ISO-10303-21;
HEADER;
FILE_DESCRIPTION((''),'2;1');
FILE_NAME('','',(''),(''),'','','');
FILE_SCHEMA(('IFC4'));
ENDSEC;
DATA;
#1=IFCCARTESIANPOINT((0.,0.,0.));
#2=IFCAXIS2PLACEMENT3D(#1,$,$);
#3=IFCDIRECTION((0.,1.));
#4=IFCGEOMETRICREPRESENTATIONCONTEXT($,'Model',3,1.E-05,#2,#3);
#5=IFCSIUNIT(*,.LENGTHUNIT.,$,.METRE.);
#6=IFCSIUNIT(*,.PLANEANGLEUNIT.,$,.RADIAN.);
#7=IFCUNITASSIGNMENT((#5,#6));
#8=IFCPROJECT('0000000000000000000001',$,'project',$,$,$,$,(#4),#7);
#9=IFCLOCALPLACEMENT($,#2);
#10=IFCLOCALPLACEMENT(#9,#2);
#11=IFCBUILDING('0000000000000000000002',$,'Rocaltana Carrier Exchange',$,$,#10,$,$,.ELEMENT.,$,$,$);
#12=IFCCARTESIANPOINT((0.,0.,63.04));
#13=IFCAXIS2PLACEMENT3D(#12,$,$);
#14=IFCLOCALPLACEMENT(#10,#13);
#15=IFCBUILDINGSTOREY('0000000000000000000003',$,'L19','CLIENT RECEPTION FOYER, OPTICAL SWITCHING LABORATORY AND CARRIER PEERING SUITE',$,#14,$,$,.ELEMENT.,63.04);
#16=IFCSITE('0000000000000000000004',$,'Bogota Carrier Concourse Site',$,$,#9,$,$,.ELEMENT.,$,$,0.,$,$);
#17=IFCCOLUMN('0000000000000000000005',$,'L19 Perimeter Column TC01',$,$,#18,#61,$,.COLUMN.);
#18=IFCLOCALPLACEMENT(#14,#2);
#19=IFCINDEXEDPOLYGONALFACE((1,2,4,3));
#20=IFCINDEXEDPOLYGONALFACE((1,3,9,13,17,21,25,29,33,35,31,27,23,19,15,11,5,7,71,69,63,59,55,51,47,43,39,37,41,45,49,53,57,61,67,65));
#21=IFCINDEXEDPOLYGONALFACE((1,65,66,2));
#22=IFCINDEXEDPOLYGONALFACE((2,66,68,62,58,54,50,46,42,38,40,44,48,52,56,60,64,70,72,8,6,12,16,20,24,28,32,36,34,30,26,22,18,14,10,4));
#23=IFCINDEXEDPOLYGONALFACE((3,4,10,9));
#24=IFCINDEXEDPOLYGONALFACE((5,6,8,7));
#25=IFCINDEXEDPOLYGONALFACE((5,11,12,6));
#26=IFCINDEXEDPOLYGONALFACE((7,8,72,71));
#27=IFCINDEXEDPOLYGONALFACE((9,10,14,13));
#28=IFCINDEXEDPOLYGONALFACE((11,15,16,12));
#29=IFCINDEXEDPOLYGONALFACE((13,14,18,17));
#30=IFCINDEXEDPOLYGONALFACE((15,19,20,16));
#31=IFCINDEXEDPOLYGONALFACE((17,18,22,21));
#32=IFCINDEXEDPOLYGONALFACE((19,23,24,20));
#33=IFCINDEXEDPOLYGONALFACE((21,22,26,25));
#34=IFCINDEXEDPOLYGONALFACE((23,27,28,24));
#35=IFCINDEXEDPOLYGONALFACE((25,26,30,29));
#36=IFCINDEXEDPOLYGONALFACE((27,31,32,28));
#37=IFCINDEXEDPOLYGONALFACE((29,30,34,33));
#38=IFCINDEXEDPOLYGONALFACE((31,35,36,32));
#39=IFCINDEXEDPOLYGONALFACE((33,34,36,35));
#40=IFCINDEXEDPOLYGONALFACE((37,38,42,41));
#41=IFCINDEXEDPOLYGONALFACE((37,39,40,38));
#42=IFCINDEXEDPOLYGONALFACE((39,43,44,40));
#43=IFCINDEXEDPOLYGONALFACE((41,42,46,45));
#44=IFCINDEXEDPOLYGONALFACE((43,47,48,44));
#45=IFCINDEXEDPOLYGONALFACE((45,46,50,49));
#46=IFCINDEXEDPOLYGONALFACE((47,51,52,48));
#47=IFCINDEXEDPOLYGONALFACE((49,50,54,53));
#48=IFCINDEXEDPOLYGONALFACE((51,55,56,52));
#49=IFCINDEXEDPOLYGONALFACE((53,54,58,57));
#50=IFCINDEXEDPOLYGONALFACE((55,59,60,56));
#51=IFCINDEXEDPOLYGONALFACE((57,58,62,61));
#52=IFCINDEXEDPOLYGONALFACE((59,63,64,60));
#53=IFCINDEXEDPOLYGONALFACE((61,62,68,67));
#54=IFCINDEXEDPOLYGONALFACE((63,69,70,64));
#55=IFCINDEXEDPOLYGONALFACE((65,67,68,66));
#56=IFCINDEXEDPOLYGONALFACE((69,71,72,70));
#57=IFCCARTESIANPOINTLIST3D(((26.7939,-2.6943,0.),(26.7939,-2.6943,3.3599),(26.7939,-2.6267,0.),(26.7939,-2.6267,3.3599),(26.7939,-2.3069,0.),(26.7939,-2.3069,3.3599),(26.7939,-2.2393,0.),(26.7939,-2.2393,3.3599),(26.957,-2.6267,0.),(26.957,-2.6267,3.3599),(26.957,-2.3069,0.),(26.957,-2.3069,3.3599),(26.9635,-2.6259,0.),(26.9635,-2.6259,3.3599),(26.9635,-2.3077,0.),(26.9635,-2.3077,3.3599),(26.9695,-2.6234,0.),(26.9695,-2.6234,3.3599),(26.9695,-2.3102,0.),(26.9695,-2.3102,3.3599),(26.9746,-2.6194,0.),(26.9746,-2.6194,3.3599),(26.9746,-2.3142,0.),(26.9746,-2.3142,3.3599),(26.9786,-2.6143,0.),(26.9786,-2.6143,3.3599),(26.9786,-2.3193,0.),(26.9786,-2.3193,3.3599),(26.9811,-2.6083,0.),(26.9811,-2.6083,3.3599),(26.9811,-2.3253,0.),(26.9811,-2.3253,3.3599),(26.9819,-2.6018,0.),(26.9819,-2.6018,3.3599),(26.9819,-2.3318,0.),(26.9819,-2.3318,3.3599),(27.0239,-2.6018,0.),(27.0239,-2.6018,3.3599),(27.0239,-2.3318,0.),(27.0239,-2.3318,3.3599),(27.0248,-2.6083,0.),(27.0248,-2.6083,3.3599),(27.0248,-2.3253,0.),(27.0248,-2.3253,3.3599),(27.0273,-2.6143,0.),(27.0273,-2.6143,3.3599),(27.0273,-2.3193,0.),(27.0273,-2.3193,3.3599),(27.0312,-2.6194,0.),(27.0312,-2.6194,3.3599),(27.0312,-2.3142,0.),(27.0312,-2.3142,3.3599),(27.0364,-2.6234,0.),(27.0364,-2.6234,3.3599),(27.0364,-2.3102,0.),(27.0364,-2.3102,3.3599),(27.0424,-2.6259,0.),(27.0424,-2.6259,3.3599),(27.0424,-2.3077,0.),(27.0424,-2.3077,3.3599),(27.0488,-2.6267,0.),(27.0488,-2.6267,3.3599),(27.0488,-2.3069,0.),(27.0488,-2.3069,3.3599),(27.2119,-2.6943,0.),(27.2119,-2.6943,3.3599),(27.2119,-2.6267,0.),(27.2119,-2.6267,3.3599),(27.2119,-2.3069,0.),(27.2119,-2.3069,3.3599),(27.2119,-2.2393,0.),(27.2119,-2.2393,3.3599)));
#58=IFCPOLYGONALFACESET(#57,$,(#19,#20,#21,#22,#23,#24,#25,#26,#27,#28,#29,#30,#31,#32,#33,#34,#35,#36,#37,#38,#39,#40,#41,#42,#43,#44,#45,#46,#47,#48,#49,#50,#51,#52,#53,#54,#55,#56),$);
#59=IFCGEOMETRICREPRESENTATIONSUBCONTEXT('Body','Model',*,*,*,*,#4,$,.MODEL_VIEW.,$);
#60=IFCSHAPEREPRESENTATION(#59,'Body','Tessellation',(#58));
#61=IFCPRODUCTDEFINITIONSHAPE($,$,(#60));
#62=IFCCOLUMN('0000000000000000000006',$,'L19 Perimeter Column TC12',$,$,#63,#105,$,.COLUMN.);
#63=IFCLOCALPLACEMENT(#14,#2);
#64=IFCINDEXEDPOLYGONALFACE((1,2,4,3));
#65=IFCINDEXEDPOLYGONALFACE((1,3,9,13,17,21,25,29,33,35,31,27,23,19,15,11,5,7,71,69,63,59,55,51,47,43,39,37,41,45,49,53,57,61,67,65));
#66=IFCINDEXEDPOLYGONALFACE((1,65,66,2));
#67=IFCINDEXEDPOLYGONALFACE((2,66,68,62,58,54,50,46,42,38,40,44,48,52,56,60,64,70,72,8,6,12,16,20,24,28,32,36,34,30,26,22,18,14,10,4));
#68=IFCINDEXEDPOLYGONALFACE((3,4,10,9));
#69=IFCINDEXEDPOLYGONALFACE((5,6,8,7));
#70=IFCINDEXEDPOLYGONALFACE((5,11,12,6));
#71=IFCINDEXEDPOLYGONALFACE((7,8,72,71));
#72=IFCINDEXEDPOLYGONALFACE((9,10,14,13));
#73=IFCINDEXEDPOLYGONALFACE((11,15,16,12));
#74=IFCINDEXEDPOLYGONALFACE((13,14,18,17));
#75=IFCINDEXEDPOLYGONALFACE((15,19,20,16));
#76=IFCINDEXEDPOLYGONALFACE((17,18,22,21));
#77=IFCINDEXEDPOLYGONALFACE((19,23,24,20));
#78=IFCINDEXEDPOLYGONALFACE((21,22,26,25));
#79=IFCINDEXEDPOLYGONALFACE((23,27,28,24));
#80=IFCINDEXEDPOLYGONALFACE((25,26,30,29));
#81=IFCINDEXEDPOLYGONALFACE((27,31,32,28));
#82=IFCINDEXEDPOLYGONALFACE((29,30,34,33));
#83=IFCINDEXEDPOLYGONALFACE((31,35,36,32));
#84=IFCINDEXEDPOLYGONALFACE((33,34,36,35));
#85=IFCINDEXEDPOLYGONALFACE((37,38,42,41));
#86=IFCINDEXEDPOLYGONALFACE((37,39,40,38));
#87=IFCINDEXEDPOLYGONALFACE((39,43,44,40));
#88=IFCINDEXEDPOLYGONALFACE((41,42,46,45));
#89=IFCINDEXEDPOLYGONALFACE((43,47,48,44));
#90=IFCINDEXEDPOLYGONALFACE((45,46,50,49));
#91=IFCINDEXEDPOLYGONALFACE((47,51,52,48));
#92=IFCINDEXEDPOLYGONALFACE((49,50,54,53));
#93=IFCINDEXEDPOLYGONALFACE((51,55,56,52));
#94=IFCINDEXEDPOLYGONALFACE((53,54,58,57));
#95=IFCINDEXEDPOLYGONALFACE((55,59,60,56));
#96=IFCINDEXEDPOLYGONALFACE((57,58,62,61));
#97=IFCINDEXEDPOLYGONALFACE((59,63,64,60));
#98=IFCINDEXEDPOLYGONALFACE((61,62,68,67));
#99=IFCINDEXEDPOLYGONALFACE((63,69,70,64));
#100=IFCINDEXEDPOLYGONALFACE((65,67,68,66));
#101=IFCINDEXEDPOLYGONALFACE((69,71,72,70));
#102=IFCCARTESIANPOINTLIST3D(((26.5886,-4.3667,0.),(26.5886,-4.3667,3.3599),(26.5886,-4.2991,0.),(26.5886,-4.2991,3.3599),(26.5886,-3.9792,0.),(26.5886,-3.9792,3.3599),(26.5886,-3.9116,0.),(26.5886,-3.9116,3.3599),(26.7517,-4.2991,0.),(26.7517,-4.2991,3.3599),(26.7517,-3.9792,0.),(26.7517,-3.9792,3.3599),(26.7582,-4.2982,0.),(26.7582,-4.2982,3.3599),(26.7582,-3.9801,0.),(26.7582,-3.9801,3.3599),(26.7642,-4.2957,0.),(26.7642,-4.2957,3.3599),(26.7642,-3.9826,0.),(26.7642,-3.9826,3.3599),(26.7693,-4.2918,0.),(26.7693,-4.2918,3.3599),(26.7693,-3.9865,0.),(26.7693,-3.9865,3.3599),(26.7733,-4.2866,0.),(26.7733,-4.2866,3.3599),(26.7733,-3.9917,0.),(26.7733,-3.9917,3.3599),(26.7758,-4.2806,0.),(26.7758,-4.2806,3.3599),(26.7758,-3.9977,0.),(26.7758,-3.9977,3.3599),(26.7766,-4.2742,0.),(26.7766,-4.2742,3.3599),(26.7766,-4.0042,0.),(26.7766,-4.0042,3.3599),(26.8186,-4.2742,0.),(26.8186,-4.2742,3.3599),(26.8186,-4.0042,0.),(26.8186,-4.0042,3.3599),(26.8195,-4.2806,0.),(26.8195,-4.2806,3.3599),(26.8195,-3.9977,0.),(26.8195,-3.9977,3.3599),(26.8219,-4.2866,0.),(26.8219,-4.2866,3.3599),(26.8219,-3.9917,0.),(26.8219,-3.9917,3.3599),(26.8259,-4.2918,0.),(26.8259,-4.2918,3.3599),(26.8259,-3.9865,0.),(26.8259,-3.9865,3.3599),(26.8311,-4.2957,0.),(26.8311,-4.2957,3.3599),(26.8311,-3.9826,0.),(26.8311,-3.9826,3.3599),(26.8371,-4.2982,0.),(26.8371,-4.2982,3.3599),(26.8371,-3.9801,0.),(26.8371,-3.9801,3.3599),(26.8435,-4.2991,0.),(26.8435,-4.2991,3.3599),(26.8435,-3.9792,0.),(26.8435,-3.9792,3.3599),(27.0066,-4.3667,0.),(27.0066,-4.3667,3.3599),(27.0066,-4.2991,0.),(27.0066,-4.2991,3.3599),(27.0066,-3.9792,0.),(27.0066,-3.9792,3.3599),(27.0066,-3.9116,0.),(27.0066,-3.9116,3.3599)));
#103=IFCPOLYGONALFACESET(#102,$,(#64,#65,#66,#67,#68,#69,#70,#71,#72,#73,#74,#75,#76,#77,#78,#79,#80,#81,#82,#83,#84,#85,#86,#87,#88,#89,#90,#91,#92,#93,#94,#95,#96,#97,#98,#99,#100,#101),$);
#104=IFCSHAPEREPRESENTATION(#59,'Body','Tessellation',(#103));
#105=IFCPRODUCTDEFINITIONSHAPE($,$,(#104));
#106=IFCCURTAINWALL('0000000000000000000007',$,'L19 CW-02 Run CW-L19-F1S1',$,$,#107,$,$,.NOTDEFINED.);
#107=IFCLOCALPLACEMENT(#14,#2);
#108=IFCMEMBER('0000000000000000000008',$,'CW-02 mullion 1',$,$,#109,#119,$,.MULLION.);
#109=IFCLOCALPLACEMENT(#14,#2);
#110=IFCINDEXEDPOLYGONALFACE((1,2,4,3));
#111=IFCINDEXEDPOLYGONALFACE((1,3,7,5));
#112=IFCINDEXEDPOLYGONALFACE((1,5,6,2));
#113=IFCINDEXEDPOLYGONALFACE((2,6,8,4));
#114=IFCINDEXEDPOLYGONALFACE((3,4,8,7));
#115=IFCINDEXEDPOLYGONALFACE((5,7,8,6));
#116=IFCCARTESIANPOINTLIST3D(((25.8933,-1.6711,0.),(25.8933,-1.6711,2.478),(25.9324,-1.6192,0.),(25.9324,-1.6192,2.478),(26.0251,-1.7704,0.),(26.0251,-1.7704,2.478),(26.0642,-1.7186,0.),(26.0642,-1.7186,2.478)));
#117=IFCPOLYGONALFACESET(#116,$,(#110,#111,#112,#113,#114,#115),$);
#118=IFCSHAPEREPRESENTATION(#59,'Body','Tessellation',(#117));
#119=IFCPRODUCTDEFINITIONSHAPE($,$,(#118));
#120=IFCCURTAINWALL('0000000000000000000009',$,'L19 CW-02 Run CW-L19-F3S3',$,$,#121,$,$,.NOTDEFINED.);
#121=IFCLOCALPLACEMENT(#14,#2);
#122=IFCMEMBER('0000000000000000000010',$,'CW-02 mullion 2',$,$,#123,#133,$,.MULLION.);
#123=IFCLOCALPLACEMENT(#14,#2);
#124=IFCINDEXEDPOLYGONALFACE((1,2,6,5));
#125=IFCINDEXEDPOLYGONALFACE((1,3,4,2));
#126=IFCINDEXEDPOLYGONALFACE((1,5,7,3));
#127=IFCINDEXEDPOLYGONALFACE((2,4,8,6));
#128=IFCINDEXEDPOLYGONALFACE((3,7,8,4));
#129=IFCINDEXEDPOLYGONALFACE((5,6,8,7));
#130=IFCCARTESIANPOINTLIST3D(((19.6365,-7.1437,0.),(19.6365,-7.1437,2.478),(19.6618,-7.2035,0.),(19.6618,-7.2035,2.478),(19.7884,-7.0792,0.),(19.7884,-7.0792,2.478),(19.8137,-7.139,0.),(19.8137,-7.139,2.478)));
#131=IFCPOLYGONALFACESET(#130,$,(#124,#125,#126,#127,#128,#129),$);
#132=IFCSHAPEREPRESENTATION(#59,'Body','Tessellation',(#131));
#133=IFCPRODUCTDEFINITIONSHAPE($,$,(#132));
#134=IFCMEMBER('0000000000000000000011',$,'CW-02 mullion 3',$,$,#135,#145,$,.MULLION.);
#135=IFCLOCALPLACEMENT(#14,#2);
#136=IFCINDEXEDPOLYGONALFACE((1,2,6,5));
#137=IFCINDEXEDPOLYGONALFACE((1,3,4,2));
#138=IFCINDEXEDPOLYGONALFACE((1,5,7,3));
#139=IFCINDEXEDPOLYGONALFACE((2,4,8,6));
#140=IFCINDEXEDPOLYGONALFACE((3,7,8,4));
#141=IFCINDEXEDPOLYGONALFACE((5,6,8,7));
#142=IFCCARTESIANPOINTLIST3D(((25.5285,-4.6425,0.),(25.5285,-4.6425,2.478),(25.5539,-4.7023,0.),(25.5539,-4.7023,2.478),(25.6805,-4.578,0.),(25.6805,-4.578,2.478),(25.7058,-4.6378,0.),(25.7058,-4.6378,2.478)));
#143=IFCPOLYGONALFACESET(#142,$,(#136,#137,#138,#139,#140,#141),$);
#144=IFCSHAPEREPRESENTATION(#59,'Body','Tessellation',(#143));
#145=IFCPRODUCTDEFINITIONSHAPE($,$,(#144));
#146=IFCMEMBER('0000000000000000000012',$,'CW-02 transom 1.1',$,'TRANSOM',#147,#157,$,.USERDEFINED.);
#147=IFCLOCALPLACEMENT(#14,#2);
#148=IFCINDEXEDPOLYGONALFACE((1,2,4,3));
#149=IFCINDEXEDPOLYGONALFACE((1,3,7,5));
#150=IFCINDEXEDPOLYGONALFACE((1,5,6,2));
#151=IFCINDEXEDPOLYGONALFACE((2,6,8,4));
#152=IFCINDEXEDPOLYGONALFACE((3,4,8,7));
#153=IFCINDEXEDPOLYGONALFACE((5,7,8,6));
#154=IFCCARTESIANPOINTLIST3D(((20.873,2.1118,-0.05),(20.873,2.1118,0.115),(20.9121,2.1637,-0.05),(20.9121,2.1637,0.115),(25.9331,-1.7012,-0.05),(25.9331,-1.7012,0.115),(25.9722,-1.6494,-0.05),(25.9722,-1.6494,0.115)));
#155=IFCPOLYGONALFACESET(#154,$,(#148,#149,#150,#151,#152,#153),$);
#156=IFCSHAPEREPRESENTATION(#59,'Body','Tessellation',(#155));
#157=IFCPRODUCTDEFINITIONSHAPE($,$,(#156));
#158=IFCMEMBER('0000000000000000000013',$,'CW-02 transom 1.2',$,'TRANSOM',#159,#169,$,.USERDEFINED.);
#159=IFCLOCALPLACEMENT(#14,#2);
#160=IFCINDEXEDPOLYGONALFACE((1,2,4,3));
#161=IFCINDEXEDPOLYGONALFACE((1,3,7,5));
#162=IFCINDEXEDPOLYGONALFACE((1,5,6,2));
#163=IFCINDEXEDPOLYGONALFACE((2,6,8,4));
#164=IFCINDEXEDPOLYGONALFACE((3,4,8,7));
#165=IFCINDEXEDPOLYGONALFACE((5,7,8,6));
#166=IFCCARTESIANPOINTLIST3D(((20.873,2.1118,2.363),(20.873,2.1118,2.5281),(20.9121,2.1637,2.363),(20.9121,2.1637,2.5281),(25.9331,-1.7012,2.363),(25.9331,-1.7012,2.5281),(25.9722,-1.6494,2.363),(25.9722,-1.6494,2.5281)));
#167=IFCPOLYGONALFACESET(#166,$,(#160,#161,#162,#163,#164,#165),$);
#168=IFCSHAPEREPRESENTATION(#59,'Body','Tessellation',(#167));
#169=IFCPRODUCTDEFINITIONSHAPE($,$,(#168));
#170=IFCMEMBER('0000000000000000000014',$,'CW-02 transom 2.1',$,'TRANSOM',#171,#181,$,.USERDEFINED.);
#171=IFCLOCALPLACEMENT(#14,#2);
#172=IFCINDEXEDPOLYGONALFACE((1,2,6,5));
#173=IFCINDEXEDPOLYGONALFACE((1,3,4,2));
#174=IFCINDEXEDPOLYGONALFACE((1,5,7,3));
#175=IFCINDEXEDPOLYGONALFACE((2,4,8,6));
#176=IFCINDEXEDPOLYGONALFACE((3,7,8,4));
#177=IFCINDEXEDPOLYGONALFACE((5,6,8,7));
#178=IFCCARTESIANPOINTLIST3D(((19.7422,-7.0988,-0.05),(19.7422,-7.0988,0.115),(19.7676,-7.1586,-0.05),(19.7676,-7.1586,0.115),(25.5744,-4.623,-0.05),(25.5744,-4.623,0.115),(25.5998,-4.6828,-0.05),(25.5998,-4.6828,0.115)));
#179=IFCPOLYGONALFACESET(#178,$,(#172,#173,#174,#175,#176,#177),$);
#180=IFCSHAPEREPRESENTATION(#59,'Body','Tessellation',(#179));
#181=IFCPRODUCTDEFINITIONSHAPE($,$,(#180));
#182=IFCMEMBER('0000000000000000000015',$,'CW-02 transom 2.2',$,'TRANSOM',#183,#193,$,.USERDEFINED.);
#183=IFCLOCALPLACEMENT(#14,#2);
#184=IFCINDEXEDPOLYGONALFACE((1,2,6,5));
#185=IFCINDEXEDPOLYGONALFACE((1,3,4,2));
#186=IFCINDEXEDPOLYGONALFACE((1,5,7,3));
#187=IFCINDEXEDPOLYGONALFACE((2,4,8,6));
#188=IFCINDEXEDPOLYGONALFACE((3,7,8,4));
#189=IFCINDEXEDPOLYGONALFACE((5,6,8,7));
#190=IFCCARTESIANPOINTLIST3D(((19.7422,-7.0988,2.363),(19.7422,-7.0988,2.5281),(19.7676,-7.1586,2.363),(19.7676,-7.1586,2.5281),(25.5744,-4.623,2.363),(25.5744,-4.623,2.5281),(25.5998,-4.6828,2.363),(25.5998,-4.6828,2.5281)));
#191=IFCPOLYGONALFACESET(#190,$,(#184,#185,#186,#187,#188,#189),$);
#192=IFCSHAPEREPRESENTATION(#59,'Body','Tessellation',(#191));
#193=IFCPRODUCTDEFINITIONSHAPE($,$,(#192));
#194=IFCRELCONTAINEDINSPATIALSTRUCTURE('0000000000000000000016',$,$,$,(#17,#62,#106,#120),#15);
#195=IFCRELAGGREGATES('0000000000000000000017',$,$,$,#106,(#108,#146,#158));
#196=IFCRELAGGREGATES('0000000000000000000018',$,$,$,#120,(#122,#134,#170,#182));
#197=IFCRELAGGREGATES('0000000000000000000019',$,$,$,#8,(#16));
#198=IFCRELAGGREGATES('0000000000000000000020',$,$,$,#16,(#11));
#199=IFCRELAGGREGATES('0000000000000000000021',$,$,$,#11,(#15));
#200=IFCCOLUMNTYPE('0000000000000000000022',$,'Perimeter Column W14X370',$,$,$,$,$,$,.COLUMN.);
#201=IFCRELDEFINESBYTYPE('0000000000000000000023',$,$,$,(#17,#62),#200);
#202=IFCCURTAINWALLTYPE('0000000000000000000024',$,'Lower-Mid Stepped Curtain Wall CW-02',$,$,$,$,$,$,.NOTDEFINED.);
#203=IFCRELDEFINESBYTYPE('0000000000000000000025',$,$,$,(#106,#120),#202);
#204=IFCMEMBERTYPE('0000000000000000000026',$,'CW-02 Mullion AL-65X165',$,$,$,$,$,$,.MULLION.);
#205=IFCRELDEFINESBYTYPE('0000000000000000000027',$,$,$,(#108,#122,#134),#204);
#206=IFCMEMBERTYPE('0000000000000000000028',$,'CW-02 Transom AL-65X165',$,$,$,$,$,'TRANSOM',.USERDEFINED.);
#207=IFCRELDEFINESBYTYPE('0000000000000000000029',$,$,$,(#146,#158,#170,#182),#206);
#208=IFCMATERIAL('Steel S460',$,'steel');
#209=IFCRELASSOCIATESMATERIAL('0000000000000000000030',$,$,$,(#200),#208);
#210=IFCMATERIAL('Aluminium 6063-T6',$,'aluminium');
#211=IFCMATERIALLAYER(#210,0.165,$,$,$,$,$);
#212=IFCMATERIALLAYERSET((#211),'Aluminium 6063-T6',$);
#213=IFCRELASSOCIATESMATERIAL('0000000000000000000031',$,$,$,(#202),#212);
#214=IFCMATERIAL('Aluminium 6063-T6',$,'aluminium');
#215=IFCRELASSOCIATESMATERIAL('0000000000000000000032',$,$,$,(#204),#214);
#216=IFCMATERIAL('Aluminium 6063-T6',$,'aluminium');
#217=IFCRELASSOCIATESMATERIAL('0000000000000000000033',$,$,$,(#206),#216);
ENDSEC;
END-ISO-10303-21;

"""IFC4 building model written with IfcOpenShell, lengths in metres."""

from ifc_helpers import new_model, si_unit, direction, frame, origin, origin_2d, place, context, subcontext, project, spatial, rectangle, i_section, extrude, material, layer, layer_set, material_profile, profile_set, type_object, element, aggregate, save


model = new_model("IFC4")

# Units and contexts
model_context = context("Model", 3, precision=1e-05, world=origin(), true_north=direction((0.0, 1.0)))
body_context = subcontext(model_context, "Body", "Model", "MODEL_VIEW")
ifc_project = project(units=[si_unit("LENGTHUNIT", "METRE"), si_unit("PLANEANGLEUNIT", "RADIAN")], contexts=[model_context])

# Site, building, storey
site_placement = place(None, origin())
site = spatial("IfcSite", under=ifc_project, at=site_placement, Name="Bogota Carrier Concourse Site", CompositionType="ELEMENT", RefElevation=0.0)
building_placement = place(site_placement, origin())
building = spatial("IfcBuilding", under=site, at=building_placement, Name="Rocaltana Carrier Exchange", CompositionType="ELEMENT")
storey_placement = place(building_placement, frame((0.0, 0.0, 63.04)))
storey = spatial("IfcBuildingStorey", under=building, at=storey_placement, Name="L19", Description="CLIENT RECEPTION FOYER, OPTICAL SWITCHING LABORATORY AND CARRIER PEERING SUITE", CompositionType="ELEMENT", Elevation=63.04)

# Columns
ifc_material_1 = material(Name="Steel S460", Category="steel")
ifc_material_profile_1 = material_profile(ifc_material_1, i_section(OverallWidth=0.418, OverallDepth=0.4551, WebThickness=0.042, FlangeThickness=0.0676, FilletRadius=0.0249, at=origin_2d()), Name="W14X370")
ifc_profile_set_1 = profile_set([ifc_material_profile_1], Name="Steel S460")
column_type = type_object("IfcColumnType", Name="Perimeter Column W14X370", PredefinedType="COLUMN", material=ifc_profile_set_1)
for number, where, z_axis, x_axis, name in (
    (1, (27.0029, -2.4668, 0.0), (0.0, 0.0, 1.0), (1.0, 0.0, 0.0), "L19 Perimeter Column TC01"),
    (2, (26.7976, -4.1392, 0.0), (0.0, 0.0, 1.0), (1.0, 0.0, 0.0), "L19 Perimeter Column TC12"),
):
    element("IfcColumn", number, at=place(storey_placement, frame(where, z_axis=z_axis, x_axis=x_axis)), inside=storey, type_object=column_type, Name=name, PredefinedType="COLUMN", context=body_context, shape_type="SweptSolid", body=[
        extrude(i_section(OverallWidth=0.418, OverallDepth=0.4551, WebThickness=0.042, FlangeThickness=0.0676, FilletRadius=0.0249, at=origin_2d()), origin(), (0.0, 0.0, 1.0), 3.3599),
    ])

# Curtain wall, member
ifc_material_2 = material(Name="Aluminium 6063-T6", Category="aluminium")
ifc_layer_1 = layer(ifc_material_2, 0.165)
ifc_layer_set_1 = layer_set([ifc_layer_1], Name="Aluminium 6063-T6")
curtain_wall_type = type_object("IfcCurtainWallType", Name="Lower-Mid Stepped Curtain Wall CW-02", PredefinedType="NOTDEFINED", material=ifc_layer_set_1)
curtain_wall_1_placement = place(storey_placement, origin())
curtain_wall_1 = element("IfcCurtainWall", 3, at=curtain_wall_1_placement, inside=storey, type_object=curtain_wall_type, Name="L19 CW-02 Run CW-L19-F1S1", PredefinedType="NOTDEFINED")
ifc_material_3 = material(Name="Aluminium 6063-T6", Category="aluminium")
ifc_material_profile_2 = material_profile(ifc_material_3, rectangle(XDim=0.0649, YDim=0.165, at=origin_2d()), Name="AL-65X165")
ifc_profile_set_2 = profile_set([ifc_material_profile_2], Name="Aluminium 6063-T6")
member_type_1 = type_object("IfcMemberType", Name="CW-02 Mullion AL-65X165", PredefinedType="MULLION", material=ifc_profile_set_2)
member_1_placement = place(storey_placement, frame((25.9788, -1.6948, 0.0), z_axis=(0.0, 0.0, 1.0), x_axis=(-0.601807, -0.798642, 0.0)))
member_1 = element("IfcMember", 4, at=member_1_placement, type_object=member_type_1, Name="CW-02 mullion 1", PredefinedType="MULLION", context=body_context, shape_type="SweptSolid", body=[
    extrude(rectangle(XDim=0.0649, YDim=0.165, at=origin_2d()), origin(), (0.0, 0.0, 1.0), 2.478),
])

# Curtain wall, members
curtain_wall_2_placement = place(storey_placement, origin())
curtain_wall_2 = element("IfcCurtainWall", 5, at=curtain_wall_2_placement, inside=storey, type_object=curtain_wall_type, Name="L19 CW-02 Run CW-L19-F3S3", PredefinedType="NOTDEFINED")
member_2_placement = place(storey_placement, frame((19.7251, -7.1414, 0.0), z_axis=(0.0, 0.0, 1.0), x_axis=(-0.390735, 0.920503, 0.0)))
member_2 = element("IfcMember", 6, at=member_2_placement, type_object=member_type_1, Name="CW-02 mullion 2", PredefinedType="MULLION", context=body_context, shape_type="SweptSolid", body=[
    extrude(rectangle(XDim=0.0649, YDim=0.165, at=origin_2d()), origin(), (0.0, 0.0, 1.0), 2.478),
])
member_3_placement = place(storey_placement, frame((25.6172, -4.6401, 0.0), z_axis=(0.0, 0.0, 1.0), x_axis=(-0.390735, 0.920503, 0.0)))
member_3 = element("IfcMember", 7, at=member_3_placement, type_object=member_type_1, Name="CW-02 mullion 3", PredefinedType="MULLION", context=body_context, shape_type="SweptSolid", body=[
    extrude(rectangle(XDim=0.0649, YDim=0.165, at=origin_2d()), origin(), (0.0, 0.0, 1.0), 2.478),
])

# Members
ifc_material_4 = material(Name="Aluminium 6063-T6", Category="aluminium")
ifc_material_profile_3 = material_profile(ifc_material_4, rectangle(XDim=0.0649, YDim=0.165, at=origin_2d()), Name="AL-65X165")
ifc_profile_set_3 = profile_set([ifc_material_profile_3], Name="Aluminium 6063-T6")
member_type_2 = type_object("IfcMemberType", Name="CW-02 Transom AL-65X165", ElementType="TRANSOM", PredefinedType="USERDEFINED", material=ifc_profile_set_3)
member_4_placement = place(storey_placement, frame((25.9526, -1.6753, 0.0325), z_axis=(-0.798638, 0.601811, 0.0), x_axis=(-0.601811, -0.798638, 0.0)))
member_4 = element("IfcMember", 8, at=member_4_placement, type_object=member_type_2, Name="CW-02 transom 1.1", ObjectType="TRANSOM", PredefinedType="USERDEFINED", context=body_context, shape_type="SweptSolid", body=[
    extrude(rectangle(XDim=0.0649, YDim=0.165, at=origin_2d()), origin(), (0.0, 0.0, 1.0), 6.3359),
])
member_5_placement = place(storey_placement, frame((25.9526, -1.6753, 2.4456), z_axis=(-0.798638, 0.601811, 0.0), x_axis=(-0.601811, -0.798638, 0.0)))
member_5 = element("IfcMember", 9, at=member_5_placement, type_object=member_type_2, Name="CW-02 transom 1.2", ObjectType="TRANSOM", PredefinedType="USERDEFINED", context=body_context, shape_type="SweptSolid", body=[
    extrude(rectangle(XDim=0.0649, YDim=0.165, at=origin_2d()), origin(), (0.0, 0.0, 1.0), 6.3359),
])
aggregate(curtain_wall_1, [member_1, member_4, member_5])
member_6_placement = place(storey_placement, frame((19.7549, -7.1287, 0.0325), z_axis=(0.920495, 0.390755, 0.0), x_axis=(-0.390755, 0.920495, 0.0)))
member_6 = element("IfcMember", 10, at=member_6_placement, type_object=member_type_2, Name="CW-02 transom 2.1", ObjectType="TRANSOM", PredefinedType="USERDEFINED", context=body_context, shape_type="SweptSolid", body=[
    extrude(rectangle(XDim=0.0649, YDim=0.165, at=origin_2d()), origin(), (0.0, 0.0, 1.0), 6.3359),
])
member_7_placement = place(storey_placement, frame((19.7549, -7.1287, 2.4456), z_axis=(0.920495, 0.390755, 0.0), x_axis=(-0.390755, 0.920495, 0.0)))
member_7 = element("IfcMember", 11, at=member_7_placement, type_object=member_type_2, Name="CW-02 transom 2.2", ObjectType="TRANSOM", PredefinedType="USERDEFINED", context=body_context, shape_type="SweptSolid", body=[
    extrude(rectangle(XDim=0.0649, YDim=0.165, at=origin_2d()), origin(), (0.0, 0.0, 1.0), 6.3359),
])

aggregate(curtain_wall_2, [member_2, member_3, member_6, member_7])

save(model, "model.ifc")
